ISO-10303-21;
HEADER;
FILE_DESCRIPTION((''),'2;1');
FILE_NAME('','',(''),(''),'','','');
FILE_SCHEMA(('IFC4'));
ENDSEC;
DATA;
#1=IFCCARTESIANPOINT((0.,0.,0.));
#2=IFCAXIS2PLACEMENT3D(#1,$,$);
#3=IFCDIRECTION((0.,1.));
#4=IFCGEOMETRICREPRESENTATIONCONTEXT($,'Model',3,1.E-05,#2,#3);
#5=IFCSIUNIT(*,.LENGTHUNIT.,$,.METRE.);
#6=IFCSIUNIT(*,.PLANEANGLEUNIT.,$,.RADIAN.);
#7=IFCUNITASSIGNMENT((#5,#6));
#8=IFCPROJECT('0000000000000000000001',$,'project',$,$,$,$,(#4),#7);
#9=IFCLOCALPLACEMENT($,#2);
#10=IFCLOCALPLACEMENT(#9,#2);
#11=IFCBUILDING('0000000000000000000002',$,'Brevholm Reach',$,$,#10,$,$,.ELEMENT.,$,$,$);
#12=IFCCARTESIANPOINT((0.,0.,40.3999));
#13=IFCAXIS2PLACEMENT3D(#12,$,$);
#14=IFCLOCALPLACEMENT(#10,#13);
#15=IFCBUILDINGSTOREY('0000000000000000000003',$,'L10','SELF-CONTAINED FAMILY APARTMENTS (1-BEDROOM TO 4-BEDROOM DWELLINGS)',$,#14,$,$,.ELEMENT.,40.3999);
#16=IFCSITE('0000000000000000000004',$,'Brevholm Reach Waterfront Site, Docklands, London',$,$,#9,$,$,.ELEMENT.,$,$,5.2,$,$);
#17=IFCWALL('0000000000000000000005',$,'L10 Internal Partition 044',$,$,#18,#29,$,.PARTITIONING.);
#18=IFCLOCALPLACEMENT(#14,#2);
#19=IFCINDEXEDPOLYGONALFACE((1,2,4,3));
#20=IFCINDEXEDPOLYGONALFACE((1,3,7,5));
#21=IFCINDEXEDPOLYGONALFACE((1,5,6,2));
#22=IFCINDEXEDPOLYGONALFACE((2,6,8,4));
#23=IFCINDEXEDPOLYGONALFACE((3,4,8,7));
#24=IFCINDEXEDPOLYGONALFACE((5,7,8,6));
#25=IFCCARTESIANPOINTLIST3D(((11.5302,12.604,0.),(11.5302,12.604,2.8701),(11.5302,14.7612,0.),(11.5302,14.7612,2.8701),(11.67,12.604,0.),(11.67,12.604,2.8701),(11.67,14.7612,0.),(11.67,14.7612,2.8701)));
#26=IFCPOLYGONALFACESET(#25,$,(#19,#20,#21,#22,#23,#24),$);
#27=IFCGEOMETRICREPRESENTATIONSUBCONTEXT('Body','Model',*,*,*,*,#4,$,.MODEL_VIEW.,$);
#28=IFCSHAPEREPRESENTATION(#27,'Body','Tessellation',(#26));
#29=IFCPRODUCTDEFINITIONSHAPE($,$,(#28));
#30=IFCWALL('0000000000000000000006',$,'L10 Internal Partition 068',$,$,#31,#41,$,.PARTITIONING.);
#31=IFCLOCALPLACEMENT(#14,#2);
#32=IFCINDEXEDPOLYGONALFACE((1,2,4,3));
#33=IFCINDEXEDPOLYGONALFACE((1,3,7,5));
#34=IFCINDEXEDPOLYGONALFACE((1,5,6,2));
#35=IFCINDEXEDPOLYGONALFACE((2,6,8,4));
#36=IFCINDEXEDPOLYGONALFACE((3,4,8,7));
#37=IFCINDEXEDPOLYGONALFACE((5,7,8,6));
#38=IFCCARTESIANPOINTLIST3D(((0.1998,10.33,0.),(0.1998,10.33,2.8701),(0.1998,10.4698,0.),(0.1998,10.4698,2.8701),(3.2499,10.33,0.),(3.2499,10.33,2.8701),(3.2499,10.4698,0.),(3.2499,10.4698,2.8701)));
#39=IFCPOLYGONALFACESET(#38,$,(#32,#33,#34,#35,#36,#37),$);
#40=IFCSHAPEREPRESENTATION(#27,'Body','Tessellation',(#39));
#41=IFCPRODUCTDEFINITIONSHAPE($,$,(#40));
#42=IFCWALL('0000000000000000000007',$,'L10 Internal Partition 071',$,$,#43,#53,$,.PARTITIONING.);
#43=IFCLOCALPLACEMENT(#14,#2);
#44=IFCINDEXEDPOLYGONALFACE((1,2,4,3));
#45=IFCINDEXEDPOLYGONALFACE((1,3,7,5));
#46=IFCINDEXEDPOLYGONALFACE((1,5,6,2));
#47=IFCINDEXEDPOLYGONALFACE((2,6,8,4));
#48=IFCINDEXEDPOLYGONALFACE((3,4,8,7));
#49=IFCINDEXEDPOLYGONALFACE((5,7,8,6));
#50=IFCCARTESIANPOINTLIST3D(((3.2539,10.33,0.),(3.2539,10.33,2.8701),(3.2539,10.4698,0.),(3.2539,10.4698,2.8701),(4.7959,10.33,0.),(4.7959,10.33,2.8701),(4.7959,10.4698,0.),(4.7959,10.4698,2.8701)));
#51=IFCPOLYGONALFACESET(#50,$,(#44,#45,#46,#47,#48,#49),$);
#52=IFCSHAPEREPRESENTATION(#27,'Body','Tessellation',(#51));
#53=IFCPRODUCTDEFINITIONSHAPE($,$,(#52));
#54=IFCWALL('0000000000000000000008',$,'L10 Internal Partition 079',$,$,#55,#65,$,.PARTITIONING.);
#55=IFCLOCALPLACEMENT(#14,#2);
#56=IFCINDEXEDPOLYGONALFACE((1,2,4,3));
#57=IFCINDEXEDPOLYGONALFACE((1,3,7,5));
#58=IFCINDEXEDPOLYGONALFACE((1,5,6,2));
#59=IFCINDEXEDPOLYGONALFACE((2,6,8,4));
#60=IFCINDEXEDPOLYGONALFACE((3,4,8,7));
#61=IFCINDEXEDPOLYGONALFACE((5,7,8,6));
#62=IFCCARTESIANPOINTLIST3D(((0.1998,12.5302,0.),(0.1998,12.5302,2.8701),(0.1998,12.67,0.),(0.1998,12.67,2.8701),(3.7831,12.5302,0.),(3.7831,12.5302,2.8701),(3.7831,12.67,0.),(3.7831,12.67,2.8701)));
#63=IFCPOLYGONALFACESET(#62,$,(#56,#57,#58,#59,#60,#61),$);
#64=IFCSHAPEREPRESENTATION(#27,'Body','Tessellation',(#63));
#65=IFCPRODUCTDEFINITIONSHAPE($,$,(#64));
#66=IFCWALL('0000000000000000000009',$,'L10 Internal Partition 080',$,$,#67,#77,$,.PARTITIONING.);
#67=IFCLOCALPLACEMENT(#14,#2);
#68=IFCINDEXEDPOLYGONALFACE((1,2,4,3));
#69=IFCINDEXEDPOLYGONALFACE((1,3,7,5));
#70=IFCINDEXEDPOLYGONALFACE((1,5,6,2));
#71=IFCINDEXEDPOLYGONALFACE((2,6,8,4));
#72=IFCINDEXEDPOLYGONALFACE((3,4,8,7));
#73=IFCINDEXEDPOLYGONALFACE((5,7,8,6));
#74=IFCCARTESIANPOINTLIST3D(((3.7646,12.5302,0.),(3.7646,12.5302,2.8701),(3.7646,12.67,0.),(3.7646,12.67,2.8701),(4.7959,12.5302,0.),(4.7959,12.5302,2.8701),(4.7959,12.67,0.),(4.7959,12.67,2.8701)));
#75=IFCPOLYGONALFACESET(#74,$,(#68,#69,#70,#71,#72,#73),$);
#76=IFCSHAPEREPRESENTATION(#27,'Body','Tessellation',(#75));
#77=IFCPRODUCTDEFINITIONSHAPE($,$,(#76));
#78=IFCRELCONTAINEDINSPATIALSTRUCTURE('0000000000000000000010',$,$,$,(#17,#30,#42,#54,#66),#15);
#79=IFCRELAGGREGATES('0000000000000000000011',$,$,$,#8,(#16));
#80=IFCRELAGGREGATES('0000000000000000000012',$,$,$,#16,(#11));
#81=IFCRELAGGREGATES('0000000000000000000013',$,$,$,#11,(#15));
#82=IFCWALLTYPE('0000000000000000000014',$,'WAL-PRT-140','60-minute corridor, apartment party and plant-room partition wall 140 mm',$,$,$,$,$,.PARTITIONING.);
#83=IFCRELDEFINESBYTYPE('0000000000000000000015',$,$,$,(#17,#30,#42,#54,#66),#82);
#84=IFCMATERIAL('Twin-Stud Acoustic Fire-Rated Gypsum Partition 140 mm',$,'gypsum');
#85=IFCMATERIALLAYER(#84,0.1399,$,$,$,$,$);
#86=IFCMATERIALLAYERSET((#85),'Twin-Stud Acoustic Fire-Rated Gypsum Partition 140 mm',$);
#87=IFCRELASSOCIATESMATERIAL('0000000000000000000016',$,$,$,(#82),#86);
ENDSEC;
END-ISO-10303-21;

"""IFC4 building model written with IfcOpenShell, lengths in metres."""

from ifc_helpers import new_model, si_unit, direction, frame, frame_2d, origin, place, context, subcontext, project, spatial, rectangle, extrude, material, layer, layer_set, type_object, element, save


model = new_model("IFC4")

# Units and contexts
model_context = context("Model", 3, precision=1e-05, world=origin(), true_north=direction((0.0, 1.0)))
body_context = subcontext(model_context, "Body", "Model", "MODEL_VIEW")
ifc_project = project(units=[si_unit("LENGTHUNIT", "METRE"), si_unit("PLANEANGLEUNIT", "RADIAN")], contexts=[model_context])

# Site, building, storey
site_placement = place(None, origin())
site = spatial("IfcSite", under=ifc_project, at=site_placement, Name="Brevholm Reach Waterfront Site, Docklands, London", CompositionType="ELEMENT", RefElevation=5.2)
building_placement = place(site_placement, origin())
building = spatial("IfcBuilding", under=site, at=building_placement, Name="Brevholm Reach", CompositionType="ELEMENT")
storey_placement = place(building_placement, frame((0.0, 0.0, 40.3999)))
storey = spatial("IfcBuildingStorey", under=building, at=storey_placement, Name="L10", Description="SELF-CONTAINED FAMILY APARTMENTS (1-BEDROOM TO 4-BEDROOM DWELLINGS)", CompositionType="ELEMENT", Elevation=40.3999)

# Shared definitions
ifc_material_1 = material(Name="Twin-Stud Acoustic Fire-Rated Gypsum Partition 140 mm", Category="gypsum")
ifc_layer_1 = layer(ifc_material_1, 0.1399)
ifc_layer_set_1 = layer_set([ifc_layer_1], Name="Twin-Stud Acoustic Fire-Rated Gypsum Partition 140 mm")
wall_type_1 = type_object("IfcWallType", Name="WAL-PRT-140", Description="60-minute corridor, apartment party and plant-room partition wall 140 mm", PredefinedType="PARTITIONING", material=ifc_layer_set_1)

# Walls
wall_1_placement = place(storey_placement, frame((11.6001, 12.604, 0.0), z_axis=(0.0, 0.0, 1.0), x_axis=(0.0, 1.0, 0.0)))
element("IfcWall", 1, at=wall_1_placement, inside=storey, type_object=wall_type_1, Name="L10 Internal Partition 044", PredefinedType="PARTITIONING", context=body_context, shape_type="SweptSolid", body=[
    extrude(rectangle(XDim=2.1572, YDim=0.1399, at=frame_2d((1.0786, 0.0))), origin(), (0.0, 0.0, 1.0), 2.8701),
])
wall_2_placement = place(storey_placement, frame((0.2, 10.3999, 0.0), z_axis=(0.0, 0.0, 1.0), x_axis=(1.0, 0.0, 0.0)))
element("IfcWall", 2, at=wall_2_placement, inside=storey, type_object=wall_type_1, Name="L10 Internal Partition 068", PredefinedType="PARTITIONING", context=body_context, shape_type="SweptSolid", body=[
    extrude(rectangle(XDim=3.05, YDim=0.1399, at=frame_2d((1.5249, 0.0))), origin(), (0.0, 0.0, 1.0), 2.8701),
])
wall_3_placement = place(storey_placement, frame((3.2539, 10.3999, 0.0), z_axis=(0.0, 0.0, 1.0), x_axis=(1.0, 0.0, 0.0)))
element("IfcWall", 3, at=wall_3_placement, inside=storey, type_object=wall_type_1, Name="L10 Internal Partition 071", PredefinedType="PARTITIONING", context=body_context, shape_type="SweptSolid", body=[
    extrude(rectangle(XDim=1.542, YDim=0.1399, at=frame_2d((0.771, 0.0))), origin(), (0.0, 0.0, 1.0), 2.8701),
])
wall_4_placement = place(storey_placement, frame((0.2, 12.6001, 0.0), z_axis=(0.0, 0.0, 1.0), x_axis=(1.0, 0.0, 0.0)))
element("IfcWall", 4, at=wall_4_placement, inside=storey, type_object=wall_type_1, Name="L10 Internal Partition 079", PredefinedType="PARTITIONING", context=body_context, shape_type="SweptSolid", body=[
    extrude(rectangle(XDim=3.5833, YDim=0.1399, at=frame_2d((1.7915, 0.0))), origin(), (0.0, 0.0, 1.0), 2.8701),
])
wall_5_placement = place(storey_placement, frame((3.7646, 12.6001, 0.0), z_axis=(0.0, 0.0, 1.0), x_axis=(1.0, 0.0, 0.0)))
element("IfcWall", 5, at=wall_5_placement, inside=storey, type_object=wall_type_1, Name="L10 Internal Partition 080", PredefinedType="PARTITIONING", context=body_context, shape_type="SweptSolid", body=[
    extrude(rectangle(XDim=1.0312, YDim=0.1399, at=frame_2d((0.5156, 0.0))), origin(), (0.0, 0.0, 1.0), 2.8701),
])

save(model, "model.ifc")
